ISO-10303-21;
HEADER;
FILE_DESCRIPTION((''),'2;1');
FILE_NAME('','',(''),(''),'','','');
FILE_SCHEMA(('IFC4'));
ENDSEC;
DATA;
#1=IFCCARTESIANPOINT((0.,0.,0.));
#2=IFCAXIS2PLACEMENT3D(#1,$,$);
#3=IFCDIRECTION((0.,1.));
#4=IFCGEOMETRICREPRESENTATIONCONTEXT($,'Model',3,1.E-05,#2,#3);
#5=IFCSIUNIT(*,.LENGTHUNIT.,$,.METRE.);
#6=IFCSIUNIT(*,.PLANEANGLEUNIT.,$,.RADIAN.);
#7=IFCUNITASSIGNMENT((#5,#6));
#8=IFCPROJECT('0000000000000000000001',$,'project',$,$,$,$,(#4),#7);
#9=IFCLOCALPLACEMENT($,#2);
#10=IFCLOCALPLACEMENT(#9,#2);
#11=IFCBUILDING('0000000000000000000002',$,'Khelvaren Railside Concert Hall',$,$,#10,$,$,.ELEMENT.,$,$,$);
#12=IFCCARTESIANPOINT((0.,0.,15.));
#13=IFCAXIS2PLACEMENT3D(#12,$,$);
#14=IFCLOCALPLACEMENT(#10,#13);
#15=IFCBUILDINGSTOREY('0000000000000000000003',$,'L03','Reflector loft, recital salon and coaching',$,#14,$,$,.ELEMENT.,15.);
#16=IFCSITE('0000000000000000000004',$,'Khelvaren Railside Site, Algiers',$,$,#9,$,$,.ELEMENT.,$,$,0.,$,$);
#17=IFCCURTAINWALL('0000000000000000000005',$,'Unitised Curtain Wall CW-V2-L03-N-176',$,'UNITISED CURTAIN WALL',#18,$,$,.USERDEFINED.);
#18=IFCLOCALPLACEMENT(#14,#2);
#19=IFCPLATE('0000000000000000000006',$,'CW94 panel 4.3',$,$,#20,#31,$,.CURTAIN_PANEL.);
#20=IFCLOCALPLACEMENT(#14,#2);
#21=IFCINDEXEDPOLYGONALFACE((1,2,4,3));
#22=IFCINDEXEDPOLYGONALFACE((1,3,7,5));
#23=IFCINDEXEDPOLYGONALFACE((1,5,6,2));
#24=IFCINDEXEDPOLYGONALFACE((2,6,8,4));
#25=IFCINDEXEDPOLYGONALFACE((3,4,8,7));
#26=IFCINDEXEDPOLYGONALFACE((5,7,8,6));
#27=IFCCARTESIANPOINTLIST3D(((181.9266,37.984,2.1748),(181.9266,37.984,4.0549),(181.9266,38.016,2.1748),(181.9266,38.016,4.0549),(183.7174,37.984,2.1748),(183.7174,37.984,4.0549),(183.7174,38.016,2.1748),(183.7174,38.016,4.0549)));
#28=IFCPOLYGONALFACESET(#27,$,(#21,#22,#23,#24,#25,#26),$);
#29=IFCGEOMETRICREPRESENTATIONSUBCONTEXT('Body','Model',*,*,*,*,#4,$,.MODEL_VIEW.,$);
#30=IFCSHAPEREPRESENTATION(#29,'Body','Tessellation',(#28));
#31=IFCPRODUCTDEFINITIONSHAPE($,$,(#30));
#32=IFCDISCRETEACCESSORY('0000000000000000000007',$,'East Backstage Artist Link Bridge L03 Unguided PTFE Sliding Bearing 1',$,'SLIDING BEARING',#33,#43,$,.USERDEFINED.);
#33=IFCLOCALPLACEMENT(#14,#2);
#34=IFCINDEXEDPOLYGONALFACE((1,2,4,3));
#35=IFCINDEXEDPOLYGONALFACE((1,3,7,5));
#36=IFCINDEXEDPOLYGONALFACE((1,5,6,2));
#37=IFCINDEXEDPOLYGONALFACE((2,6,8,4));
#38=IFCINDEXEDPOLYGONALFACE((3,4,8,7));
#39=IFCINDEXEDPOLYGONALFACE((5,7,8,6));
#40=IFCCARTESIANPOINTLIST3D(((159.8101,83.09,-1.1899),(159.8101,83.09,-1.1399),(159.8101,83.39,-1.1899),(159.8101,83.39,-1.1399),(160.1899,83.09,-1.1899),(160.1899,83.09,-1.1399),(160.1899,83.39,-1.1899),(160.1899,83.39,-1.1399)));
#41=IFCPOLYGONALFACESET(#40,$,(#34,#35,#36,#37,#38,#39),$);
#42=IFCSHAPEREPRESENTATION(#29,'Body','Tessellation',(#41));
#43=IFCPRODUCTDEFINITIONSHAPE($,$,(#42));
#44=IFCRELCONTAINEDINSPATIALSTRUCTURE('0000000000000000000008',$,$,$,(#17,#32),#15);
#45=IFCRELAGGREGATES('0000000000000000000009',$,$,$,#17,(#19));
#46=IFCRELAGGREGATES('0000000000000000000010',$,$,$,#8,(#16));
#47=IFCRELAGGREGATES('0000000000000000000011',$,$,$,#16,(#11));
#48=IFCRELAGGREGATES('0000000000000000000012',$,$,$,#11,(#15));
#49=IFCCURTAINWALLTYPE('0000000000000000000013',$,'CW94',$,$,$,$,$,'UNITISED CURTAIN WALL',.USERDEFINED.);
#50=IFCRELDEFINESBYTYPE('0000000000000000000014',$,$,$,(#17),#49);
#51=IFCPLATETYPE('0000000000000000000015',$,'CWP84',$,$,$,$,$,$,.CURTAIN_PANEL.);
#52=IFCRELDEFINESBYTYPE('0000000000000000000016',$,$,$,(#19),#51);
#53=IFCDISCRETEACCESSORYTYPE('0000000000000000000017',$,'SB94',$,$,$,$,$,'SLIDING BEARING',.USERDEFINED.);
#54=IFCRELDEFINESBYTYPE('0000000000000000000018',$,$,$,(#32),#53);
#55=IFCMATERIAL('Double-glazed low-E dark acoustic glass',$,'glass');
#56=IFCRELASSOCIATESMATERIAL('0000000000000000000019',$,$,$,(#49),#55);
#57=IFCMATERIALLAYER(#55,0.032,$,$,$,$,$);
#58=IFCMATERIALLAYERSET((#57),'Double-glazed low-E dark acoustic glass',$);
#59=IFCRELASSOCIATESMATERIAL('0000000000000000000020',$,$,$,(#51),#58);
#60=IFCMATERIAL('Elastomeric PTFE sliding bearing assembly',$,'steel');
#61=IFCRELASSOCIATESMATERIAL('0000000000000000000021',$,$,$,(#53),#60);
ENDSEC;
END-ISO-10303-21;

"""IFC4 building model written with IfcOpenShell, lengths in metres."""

from ifc_helpers import new_model, si_unit, direction, frame, origin, origin_2d, place, context, subcontext, project, spatial, rectangle, extrude, material, layer, layer_set, type_object, element, aggregate, save


model = new_model("IFC4")

# Units and contexts
model_context = context("Model", 3, precision=1e-05, world=origin(), true_north=direction((0.0, 1.0)))
body_context = subcontext(model_context, "Body", "Model", "MODEL_VIEW")
ifc_project = project(units=[si_unit("LENGTHUNIT", "METRE"), si_unit("PLANEANGLEUNIT", "RADIAN")], contexts=[model_context])

# Site, building, storey
site_placement = place(None, origin())
site = spatial("IfcSite", under=ifc_project, at=site_placement, Name="Khelvaren Railside Site, Algiers", CompositionType="ELEMENT", RefElevation=0.0)
building_placement = place(site_placement, origin())
building = spatial("IfcBuilding", under=site, at=building_placement, Name="Khelvaren Railside Concert Hall", CompositionType="ELEMENT")
storey_placement = place(building_placement, frame((0.0, 0.0, 15.0)))
storey = spatial("IfcBuildingStorey", under=building, at=storey_placement, Name="L03", Description="Reflector loft, recital salon and coaching", CompositionType="ELEMENT", Elevation=15.0)

# Curtain wall
ifc_material_1 = material(Name="Double-glazed low-E dark acoustic glass", Category="glass")
curtain_wall_type = type_object("IfcCurtainWallType", Name="CW94", ElementType="UNITISED CURTAIN WALL", PredefinedType="USERDEFINED", material=ifc_material_1)
curtain_wall_placement = place(storey_placement, origin())
curtain_wall = element("IfcCurtainWall", 1, at=curtain_wall_placement, inside=storey, type_object=curtain_wall_type, Name="Unitised Curtain Wall CW-V2-L03-N-176", ObjectType="UNITISED CURTAIN WALL", PredefinedType="USERDEFINED")

# Plate
ifc_layer = layer(ifc_material_1, 0.032)
ifc_layer_set = layer_set([ifc_layer], Name="Double-glazed low-E dark acoustic glass")
plate_type = type_object("IfcPlateType", Name="CWP84", PredefinedType="CURTAIN_PANEL", material=ifc_layer_set)
plate_1_placement = place(storey_placement, frame((182.822, 38.0, 2.1748), z_axis=(0.0, 0.0, 1.0), x_axis=(1.0, 0.0, 0.0)))
plate_1 = element("IfcPlate", 2, at=plate_1_placement, type_object=plate_type, Name="CW94 panel 4.3", PredefinedType="CURTAIN_PANEL", context=body_context, shape_type="SweptSolid", body=[
    extrude(rectangle(XDim=1.7908, YDim=0.032, at=origin_2d()), origin(), (0.0, 0.0, 1.0), 1.8801),
])
aggregate(curtain_wall, [plate_1])

# Discrete accessory
ifc_material_2 = material(Name="Elastomeric PTFE sliding bearing assembly", Category="steel")
discrete_accessory_type = type_object("IfcDiscreteAccessoryType", Name="SB94", ElementType="SLIDING BEARING", PredefinedType="USERDEFINED", material=ifc_material_2)
discrete_accessory_placement = place(storey_placement, frame((160.0, 83.24, -1.1899), z_axis=(0.0, 0.0, 1.0), x_axis=(0.0, 1.0, 0.0)))
element("IfcDiscreteAccessory", 3, at=discrete_accessory_placement, inside=storey, type_object=discrete_accessory_type, Name="East Backstage Artist Link Bridge L03 Unguided PTFE Sliding Bearing 1", ObjectType="SLIDING BEARING", PredefinedType="USERDEFINED", context=body_context, shape_type="SweptSolid", body=[
    extrude(rectangle(XDim=0.3, YDim=0.3799, at=origin_2d()), origin(), (0.0, 0.0, 1.0), 0.05),
])

save(model, "model.ifc")
